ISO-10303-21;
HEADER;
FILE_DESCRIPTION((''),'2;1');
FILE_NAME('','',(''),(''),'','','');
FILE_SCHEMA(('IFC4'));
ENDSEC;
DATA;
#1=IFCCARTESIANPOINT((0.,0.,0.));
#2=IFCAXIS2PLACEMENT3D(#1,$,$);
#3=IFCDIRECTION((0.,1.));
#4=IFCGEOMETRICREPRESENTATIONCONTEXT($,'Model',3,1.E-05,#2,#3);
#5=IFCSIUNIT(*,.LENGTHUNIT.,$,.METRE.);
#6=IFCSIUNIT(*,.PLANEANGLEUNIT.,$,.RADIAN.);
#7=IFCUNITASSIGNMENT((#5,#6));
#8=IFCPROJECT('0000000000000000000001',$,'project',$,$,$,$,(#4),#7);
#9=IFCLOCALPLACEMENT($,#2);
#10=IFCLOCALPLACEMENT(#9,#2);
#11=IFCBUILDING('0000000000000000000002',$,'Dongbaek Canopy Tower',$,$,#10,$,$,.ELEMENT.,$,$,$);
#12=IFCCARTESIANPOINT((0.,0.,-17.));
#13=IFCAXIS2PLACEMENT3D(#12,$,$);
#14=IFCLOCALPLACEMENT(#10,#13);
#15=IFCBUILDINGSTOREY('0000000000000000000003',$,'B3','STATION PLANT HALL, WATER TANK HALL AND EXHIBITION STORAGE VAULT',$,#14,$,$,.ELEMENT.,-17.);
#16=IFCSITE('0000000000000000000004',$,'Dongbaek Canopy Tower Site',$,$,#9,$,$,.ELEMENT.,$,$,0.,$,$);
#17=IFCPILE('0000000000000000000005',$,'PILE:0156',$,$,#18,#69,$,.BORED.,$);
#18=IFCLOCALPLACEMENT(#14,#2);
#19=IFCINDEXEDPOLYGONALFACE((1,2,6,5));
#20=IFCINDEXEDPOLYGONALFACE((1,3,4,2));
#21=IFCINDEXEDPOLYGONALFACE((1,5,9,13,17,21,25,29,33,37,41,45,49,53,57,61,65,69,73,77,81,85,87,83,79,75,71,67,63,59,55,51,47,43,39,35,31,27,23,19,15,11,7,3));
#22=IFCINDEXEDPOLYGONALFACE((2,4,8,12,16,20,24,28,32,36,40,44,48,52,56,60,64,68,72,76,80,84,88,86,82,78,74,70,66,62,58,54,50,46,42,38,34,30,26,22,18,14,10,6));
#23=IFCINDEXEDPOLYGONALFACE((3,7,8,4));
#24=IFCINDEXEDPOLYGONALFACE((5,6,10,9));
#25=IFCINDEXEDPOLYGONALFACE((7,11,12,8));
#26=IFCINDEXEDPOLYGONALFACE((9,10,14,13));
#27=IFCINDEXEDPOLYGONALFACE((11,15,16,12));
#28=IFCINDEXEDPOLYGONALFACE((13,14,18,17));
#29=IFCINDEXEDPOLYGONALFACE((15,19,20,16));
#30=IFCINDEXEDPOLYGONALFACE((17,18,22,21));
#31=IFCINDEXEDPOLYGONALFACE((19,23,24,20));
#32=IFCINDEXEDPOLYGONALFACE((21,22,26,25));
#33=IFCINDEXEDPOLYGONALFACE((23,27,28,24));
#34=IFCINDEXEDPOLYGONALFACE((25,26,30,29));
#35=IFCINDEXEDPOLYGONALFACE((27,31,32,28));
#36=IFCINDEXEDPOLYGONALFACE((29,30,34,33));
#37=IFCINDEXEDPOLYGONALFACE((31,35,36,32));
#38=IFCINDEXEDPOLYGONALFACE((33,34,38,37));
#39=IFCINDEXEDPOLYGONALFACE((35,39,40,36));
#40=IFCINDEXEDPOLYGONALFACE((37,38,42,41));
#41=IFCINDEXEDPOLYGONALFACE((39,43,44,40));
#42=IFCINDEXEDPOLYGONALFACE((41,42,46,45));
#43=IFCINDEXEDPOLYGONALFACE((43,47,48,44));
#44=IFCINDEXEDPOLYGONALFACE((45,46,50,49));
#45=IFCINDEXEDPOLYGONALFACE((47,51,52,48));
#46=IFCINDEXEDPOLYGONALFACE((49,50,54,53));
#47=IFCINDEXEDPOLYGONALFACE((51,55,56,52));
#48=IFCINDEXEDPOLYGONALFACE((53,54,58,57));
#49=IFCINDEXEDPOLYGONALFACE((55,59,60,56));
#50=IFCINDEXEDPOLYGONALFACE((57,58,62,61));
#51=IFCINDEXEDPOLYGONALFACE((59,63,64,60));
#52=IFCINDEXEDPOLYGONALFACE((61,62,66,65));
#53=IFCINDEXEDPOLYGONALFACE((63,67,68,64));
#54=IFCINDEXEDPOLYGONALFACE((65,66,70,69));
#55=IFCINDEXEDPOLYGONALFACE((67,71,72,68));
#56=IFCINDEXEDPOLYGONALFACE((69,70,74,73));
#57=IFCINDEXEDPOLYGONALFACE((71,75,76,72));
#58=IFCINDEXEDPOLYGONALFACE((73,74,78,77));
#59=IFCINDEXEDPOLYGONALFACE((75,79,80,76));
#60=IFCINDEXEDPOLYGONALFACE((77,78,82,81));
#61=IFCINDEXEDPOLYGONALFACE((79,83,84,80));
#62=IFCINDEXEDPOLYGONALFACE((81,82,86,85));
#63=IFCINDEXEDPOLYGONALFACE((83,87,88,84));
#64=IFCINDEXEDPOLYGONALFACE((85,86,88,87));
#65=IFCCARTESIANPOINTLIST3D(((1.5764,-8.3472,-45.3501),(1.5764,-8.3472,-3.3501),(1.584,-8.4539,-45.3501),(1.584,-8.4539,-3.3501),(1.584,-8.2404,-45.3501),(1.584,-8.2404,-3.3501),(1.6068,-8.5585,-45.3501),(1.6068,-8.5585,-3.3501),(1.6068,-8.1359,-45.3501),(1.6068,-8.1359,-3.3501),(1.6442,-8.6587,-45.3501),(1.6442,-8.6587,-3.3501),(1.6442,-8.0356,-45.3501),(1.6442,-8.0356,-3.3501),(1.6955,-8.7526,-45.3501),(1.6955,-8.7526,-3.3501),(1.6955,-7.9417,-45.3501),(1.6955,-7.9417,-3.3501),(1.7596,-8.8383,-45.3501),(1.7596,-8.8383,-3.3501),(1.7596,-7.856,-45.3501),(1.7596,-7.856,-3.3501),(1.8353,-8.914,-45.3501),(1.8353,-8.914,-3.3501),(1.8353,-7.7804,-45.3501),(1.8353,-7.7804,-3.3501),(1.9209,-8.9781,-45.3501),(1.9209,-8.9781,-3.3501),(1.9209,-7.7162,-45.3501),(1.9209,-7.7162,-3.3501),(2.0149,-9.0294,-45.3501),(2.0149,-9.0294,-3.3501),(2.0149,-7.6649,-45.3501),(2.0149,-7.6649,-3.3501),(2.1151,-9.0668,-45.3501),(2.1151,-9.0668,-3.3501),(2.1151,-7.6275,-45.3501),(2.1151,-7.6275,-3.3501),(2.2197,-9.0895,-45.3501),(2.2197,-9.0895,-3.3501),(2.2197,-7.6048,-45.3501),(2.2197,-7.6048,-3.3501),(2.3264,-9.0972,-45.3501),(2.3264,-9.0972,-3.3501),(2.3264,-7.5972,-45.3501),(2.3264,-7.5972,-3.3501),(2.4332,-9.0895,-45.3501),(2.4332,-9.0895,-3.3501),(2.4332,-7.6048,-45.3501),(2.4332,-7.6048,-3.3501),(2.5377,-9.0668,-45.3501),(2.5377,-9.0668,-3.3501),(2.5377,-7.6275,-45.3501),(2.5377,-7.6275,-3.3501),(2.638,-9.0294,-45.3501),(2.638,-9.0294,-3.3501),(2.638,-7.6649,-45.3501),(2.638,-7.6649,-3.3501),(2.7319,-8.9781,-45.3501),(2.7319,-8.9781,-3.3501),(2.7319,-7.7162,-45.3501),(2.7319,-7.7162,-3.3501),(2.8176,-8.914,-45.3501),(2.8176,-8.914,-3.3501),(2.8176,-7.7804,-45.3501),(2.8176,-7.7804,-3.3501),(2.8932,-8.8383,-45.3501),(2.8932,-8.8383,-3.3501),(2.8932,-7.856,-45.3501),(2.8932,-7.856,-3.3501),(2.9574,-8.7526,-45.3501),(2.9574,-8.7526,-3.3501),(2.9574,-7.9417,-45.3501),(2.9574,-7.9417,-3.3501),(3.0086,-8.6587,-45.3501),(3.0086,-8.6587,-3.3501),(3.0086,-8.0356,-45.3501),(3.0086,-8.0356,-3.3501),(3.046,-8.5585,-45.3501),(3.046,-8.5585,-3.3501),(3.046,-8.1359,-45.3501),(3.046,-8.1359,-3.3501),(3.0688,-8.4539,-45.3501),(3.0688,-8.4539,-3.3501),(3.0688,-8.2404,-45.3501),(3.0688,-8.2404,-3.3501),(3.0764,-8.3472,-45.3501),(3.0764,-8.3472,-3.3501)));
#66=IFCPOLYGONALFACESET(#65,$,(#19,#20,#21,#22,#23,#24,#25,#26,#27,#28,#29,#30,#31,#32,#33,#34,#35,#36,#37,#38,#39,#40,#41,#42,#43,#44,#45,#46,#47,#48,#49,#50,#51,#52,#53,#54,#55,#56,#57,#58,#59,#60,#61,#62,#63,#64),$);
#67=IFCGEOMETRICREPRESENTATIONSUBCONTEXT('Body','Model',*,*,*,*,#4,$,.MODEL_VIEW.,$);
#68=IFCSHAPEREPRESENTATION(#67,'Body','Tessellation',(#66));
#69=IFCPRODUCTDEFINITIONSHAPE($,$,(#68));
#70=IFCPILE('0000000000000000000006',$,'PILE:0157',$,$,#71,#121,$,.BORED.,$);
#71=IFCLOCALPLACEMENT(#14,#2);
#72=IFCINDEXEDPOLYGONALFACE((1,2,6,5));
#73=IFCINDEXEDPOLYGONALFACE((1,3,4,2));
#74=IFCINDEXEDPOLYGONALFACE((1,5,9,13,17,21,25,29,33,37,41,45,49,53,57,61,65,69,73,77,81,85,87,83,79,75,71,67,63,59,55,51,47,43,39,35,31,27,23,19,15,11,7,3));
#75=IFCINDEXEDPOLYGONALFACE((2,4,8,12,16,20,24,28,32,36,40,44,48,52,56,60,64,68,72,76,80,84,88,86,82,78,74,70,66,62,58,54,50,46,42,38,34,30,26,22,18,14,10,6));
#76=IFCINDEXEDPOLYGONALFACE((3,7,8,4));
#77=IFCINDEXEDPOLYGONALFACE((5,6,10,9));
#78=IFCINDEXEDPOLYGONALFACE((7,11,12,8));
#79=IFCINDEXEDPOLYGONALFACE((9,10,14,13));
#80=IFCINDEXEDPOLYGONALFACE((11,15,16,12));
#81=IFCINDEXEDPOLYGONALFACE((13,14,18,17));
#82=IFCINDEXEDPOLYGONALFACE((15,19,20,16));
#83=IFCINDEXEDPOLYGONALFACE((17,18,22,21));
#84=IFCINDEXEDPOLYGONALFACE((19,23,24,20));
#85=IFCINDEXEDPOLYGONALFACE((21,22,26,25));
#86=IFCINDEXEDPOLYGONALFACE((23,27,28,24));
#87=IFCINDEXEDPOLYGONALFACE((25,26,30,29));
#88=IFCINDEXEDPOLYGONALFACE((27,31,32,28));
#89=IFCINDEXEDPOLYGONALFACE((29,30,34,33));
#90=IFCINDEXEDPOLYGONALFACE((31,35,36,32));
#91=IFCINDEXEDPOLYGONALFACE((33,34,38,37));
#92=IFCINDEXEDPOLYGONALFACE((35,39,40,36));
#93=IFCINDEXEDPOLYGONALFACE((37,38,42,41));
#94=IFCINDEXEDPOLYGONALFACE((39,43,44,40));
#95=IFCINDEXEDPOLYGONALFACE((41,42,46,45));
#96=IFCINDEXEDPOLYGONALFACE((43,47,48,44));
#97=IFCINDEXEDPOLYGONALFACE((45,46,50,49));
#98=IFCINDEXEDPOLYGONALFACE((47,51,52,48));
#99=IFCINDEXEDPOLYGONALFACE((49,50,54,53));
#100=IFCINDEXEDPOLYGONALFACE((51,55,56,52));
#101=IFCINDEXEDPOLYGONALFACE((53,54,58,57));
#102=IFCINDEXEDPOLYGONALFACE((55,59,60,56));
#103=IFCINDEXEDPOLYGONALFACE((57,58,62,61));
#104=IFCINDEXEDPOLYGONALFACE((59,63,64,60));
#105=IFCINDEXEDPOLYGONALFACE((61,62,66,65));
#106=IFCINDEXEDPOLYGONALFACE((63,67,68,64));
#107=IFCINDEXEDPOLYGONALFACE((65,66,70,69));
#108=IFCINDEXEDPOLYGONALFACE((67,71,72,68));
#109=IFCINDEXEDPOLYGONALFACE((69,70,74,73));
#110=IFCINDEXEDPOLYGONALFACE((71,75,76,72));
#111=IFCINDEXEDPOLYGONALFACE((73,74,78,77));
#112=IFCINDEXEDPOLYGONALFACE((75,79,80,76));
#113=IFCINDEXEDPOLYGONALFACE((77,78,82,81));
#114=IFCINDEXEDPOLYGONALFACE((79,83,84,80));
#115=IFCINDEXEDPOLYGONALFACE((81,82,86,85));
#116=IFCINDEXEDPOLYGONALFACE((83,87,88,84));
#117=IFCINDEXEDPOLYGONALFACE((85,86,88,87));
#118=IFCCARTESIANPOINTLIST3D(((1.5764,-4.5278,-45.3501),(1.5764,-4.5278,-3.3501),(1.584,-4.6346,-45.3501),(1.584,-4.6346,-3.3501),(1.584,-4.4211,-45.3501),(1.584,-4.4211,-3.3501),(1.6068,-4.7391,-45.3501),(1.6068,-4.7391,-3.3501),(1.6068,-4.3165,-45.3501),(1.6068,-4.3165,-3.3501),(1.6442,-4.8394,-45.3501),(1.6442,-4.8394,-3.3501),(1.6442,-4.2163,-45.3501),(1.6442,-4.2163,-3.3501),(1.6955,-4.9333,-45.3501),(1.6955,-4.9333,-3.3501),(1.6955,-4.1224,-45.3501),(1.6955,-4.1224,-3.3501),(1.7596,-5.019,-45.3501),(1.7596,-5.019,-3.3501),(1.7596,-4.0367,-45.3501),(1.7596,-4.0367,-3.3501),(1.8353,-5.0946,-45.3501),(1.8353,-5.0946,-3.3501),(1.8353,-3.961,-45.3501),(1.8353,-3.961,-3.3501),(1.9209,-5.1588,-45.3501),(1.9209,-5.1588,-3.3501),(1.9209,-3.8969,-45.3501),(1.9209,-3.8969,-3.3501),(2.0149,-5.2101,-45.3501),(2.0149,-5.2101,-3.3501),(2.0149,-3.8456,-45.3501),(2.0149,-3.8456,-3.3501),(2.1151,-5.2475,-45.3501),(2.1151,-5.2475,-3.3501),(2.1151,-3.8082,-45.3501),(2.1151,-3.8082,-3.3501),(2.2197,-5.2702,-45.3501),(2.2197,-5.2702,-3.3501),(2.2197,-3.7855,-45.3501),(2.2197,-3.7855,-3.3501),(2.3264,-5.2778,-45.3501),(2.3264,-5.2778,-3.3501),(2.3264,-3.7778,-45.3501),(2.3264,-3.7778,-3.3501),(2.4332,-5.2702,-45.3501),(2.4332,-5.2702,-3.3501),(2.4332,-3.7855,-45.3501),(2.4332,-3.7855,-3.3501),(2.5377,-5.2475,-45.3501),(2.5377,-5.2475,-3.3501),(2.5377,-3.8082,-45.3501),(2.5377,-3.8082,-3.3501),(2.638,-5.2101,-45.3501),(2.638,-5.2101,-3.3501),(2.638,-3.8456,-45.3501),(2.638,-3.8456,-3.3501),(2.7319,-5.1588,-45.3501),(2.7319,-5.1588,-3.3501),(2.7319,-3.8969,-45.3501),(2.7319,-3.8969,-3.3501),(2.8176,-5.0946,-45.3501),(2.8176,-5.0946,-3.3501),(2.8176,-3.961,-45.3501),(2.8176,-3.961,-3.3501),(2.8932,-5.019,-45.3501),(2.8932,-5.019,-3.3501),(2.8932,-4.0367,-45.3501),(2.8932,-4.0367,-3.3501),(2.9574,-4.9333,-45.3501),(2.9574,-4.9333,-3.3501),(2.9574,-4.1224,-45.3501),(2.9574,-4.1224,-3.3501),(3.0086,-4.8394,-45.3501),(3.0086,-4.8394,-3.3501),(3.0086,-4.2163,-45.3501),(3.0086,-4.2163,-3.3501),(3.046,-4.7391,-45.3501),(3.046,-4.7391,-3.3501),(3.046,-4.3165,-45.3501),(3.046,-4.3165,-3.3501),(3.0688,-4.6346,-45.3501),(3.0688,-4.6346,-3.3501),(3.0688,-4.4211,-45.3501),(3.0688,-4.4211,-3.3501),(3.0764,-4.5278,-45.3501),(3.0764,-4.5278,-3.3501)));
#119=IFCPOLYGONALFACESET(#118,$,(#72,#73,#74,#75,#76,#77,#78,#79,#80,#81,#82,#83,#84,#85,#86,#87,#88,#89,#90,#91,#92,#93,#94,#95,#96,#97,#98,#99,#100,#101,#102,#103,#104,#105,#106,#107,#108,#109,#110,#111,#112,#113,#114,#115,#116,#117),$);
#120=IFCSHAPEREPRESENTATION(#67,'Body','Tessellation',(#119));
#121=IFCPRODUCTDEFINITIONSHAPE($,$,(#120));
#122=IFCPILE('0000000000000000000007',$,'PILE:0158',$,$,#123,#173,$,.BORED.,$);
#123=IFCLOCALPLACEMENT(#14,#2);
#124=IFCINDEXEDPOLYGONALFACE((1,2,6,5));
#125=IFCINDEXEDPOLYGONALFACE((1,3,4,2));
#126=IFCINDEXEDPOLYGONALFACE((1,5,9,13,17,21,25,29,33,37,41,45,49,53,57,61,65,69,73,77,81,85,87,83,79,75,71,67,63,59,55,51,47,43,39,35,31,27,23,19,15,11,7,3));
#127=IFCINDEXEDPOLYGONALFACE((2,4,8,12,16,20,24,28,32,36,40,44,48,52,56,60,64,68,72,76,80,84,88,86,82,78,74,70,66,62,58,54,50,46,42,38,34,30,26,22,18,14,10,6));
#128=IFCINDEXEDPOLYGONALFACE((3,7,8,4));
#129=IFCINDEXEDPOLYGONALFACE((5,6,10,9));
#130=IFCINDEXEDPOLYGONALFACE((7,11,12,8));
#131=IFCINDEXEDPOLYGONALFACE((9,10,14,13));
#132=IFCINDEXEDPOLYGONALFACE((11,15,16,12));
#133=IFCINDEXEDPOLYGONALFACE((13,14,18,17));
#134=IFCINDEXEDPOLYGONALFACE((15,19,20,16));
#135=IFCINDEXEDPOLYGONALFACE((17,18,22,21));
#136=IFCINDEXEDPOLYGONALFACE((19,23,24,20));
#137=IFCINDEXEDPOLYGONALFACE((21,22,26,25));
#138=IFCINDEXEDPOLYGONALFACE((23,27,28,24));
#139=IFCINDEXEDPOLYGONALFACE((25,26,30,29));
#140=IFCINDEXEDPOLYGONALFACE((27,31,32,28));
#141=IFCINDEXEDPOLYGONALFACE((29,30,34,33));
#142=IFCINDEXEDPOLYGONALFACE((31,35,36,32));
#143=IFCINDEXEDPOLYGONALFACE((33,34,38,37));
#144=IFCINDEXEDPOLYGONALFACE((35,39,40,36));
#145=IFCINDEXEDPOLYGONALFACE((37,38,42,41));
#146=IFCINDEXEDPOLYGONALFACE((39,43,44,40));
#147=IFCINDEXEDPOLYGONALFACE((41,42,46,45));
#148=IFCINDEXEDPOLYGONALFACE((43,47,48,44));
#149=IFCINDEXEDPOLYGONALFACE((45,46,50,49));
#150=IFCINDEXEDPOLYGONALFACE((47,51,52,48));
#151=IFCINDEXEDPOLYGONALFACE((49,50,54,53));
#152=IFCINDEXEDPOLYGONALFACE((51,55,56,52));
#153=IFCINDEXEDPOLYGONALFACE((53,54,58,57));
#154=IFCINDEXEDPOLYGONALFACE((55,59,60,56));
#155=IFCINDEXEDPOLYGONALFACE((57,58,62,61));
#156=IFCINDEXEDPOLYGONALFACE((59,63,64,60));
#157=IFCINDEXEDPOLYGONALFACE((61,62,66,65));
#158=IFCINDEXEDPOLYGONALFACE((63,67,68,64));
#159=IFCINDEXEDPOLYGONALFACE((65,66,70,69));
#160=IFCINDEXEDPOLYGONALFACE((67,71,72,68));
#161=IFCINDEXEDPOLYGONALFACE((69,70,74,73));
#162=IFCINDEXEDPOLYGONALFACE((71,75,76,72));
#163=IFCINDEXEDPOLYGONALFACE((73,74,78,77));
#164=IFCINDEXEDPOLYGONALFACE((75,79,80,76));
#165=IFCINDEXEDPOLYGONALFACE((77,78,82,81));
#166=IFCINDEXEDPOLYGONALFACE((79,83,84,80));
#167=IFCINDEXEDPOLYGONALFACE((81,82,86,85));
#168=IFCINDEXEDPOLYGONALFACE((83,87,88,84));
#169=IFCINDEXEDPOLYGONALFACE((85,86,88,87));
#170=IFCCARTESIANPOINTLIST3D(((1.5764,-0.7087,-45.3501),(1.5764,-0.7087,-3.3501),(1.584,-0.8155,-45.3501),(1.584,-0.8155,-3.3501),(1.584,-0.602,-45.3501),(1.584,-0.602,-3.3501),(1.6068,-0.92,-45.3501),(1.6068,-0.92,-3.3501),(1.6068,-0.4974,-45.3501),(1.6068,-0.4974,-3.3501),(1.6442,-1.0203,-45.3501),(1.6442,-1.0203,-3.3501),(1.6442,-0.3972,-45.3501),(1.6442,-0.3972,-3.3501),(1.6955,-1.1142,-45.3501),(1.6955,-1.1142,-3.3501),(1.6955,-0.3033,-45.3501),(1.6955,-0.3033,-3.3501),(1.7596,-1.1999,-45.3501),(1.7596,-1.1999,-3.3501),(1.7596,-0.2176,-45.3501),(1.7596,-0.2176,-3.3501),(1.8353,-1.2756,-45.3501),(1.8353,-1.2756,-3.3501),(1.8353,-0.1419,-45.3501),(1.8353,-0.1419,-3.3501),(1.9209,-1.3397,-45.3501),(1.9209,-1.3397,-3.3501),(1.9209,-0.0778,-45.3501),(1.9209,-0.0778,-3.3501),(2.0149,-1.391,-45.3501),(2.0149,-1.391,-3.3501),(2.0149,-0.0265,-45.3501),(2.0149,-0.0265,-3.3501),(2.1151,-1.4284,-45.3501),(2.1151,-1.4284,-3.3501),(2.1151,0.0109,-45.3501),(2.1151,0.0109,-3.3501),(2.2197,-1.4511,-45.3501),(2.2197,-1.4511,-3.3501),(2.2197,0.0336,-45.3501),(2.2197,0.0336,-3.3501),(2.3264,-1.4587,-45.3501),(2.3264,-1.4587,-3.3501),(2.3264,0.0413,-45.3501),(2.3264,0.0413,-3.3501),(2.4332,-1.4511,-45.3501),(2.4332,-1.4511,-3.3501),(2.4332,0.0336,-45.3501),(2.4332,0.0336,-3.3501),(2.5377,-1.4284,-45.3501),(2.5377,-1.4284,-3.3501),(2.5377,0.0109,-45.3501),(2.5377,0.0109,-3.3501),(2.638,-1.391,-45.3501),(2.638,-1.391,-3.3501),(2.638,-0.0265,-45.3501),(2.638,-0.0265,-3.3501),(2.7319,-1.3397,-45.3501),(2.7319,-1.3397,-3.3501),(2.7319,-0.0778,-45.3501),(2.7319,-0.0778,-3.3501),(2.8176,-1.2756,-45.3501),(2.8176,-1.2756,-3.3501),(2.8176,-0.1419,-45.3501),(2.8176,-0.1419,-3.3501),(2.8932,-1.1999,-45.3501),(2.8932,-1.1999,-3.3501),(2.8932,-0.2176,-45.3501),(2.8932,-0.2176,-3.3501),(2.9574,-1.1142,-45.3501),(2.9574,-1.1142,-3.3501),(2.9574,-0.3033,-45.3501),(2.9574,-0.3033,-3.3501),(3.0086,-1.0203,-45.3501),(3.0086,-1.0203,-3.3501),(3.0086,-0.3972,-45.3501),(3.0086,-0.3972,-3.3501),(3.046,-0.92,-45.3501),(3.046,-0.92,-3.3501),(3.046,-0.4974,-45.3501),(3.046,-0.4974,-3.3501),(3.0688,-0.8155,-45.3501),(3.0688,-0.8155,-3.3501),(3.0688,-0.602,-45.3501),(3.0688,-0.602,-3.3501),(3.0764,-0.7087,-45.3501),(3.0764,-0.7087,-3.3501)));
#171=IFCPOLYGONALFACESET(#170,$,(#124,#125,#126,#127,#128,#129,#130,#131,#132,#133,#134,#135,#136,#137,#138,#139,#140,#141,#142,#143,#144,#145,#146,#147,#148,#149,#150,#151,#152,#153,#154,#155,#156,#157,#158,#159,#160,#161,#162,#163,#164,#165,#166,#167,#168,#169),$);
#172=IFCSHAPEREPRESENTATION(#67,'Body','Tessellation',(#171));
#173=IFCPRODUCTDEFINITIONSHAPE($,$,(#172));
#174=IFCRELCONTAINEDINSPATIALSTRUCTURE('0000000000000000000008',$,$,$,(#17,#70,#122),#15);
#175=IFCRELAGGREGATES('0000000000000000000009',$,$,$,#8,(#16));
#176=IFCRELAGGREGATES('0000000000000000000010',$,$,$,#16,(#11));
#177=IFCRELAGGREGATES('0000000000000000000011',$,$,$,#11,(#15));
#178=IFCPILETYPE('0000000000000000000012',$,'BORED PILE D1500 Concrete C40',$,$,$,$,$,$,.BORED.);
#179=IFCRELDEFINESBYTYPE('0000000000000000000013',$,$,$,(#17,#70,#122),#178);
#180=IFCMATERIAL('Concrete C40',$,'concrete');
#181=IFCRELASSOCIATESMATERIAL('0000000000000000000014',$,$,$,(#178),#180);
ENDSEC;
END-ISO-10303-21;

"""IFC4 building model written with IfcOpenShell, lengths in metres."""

from ifc_helpers import new_model, si_unit, direction, frame, origin, origin_2d, place, context, subcontext, project, spatial, circle, extrude, material, material_profile, profile_set, type_object, element, save


model = new_model("IFC4")

# Units and contexts
model_context = context("Model", 3, precision=1e-05, world=origin(), true_north=direction((0.0, 1.0)))
body_context = subcontext(model_context, "Body", "Model", "MODEL_VIEW")
ifc_project = project(units=[si_unit("LENGTHUNIT", "METRE"), si_unit("PLANEANGLEUNIT", "RADIAN")], contexts=[model_context])

# Site, building, storey
site_placement = place(None, origin())
site = spatial("IfcSite", under=ifc_project, at=site_placement, Name="Dongbaek Canopy Tower Site", CompositionType="ELEMENT", RefElevation=0.0)
building_placement = place(site_placement, origin())
building = spatial("IfcBuilding", under=site, at=building_placement, Name="Dongbaek Canopy Tower", CompositionType="ELEMENT")
storey_placement = place(building_placement, frame((0.0, 0.0, -17.0)))
storey = spatial("IfcBuildingStorey", under=building, at=storey_placement, Name="B3", Description="STATION PLANT HALL, WATER TANK HALL AND EXHIBITION STORAGE VAULT", CompositionType="ELEMENT", Elevation=-17.0)

# Piles
ifc_material_1 = material(Name="Concrete C40", Category="concrete")
ifc_material_profile = material_profile(ifc_material_1, circle(Radius=0.75, at=origin_2d()), Name="BORED PILE D1500 Concrete C40")
ifc_profile_set = profile_set([ifc_material_profile], Name="Concrete C40")
pile_type = type_object("IfcPileType", Name="BORED PILE D1500 Concrete C40", PredefinedType="BORED", material=ifc_profile_set)
for number, where, z_axis, x_axis, name in (
    (1, (2.3264, -8.3472, -3.3501), (0.0, 0.0, -1.0), (1.0, 0.0, 0.0), "PILE:0156"),
    (2, (2.3264, -4.5278, -3.3501), (0.0, 0.0, -1.0), (1.0, 0.0, 0.0), "PILE:0157"),
    (3, (2.3264, -0.7087, -3.3501), (0.0, 0.0, -1.0), (1.0, 0.0, 0.0), "PILE:0158"),
):
    element("IfcPile", number, at=place(storey_placement, frame(where, z_axis=z_axis, x_axis=x_axis)), inside=storey, type_object=pile_type, Name=name, PredefinedType="BORED", context=body_context, shape_type="SweptSolid", body=[
        extrude(circle(Radius=0.75, at=origin_2d()), origin(), (0.0, 0.0, 1.0), 42.0),
    ])

save(model, "model.ifc")
